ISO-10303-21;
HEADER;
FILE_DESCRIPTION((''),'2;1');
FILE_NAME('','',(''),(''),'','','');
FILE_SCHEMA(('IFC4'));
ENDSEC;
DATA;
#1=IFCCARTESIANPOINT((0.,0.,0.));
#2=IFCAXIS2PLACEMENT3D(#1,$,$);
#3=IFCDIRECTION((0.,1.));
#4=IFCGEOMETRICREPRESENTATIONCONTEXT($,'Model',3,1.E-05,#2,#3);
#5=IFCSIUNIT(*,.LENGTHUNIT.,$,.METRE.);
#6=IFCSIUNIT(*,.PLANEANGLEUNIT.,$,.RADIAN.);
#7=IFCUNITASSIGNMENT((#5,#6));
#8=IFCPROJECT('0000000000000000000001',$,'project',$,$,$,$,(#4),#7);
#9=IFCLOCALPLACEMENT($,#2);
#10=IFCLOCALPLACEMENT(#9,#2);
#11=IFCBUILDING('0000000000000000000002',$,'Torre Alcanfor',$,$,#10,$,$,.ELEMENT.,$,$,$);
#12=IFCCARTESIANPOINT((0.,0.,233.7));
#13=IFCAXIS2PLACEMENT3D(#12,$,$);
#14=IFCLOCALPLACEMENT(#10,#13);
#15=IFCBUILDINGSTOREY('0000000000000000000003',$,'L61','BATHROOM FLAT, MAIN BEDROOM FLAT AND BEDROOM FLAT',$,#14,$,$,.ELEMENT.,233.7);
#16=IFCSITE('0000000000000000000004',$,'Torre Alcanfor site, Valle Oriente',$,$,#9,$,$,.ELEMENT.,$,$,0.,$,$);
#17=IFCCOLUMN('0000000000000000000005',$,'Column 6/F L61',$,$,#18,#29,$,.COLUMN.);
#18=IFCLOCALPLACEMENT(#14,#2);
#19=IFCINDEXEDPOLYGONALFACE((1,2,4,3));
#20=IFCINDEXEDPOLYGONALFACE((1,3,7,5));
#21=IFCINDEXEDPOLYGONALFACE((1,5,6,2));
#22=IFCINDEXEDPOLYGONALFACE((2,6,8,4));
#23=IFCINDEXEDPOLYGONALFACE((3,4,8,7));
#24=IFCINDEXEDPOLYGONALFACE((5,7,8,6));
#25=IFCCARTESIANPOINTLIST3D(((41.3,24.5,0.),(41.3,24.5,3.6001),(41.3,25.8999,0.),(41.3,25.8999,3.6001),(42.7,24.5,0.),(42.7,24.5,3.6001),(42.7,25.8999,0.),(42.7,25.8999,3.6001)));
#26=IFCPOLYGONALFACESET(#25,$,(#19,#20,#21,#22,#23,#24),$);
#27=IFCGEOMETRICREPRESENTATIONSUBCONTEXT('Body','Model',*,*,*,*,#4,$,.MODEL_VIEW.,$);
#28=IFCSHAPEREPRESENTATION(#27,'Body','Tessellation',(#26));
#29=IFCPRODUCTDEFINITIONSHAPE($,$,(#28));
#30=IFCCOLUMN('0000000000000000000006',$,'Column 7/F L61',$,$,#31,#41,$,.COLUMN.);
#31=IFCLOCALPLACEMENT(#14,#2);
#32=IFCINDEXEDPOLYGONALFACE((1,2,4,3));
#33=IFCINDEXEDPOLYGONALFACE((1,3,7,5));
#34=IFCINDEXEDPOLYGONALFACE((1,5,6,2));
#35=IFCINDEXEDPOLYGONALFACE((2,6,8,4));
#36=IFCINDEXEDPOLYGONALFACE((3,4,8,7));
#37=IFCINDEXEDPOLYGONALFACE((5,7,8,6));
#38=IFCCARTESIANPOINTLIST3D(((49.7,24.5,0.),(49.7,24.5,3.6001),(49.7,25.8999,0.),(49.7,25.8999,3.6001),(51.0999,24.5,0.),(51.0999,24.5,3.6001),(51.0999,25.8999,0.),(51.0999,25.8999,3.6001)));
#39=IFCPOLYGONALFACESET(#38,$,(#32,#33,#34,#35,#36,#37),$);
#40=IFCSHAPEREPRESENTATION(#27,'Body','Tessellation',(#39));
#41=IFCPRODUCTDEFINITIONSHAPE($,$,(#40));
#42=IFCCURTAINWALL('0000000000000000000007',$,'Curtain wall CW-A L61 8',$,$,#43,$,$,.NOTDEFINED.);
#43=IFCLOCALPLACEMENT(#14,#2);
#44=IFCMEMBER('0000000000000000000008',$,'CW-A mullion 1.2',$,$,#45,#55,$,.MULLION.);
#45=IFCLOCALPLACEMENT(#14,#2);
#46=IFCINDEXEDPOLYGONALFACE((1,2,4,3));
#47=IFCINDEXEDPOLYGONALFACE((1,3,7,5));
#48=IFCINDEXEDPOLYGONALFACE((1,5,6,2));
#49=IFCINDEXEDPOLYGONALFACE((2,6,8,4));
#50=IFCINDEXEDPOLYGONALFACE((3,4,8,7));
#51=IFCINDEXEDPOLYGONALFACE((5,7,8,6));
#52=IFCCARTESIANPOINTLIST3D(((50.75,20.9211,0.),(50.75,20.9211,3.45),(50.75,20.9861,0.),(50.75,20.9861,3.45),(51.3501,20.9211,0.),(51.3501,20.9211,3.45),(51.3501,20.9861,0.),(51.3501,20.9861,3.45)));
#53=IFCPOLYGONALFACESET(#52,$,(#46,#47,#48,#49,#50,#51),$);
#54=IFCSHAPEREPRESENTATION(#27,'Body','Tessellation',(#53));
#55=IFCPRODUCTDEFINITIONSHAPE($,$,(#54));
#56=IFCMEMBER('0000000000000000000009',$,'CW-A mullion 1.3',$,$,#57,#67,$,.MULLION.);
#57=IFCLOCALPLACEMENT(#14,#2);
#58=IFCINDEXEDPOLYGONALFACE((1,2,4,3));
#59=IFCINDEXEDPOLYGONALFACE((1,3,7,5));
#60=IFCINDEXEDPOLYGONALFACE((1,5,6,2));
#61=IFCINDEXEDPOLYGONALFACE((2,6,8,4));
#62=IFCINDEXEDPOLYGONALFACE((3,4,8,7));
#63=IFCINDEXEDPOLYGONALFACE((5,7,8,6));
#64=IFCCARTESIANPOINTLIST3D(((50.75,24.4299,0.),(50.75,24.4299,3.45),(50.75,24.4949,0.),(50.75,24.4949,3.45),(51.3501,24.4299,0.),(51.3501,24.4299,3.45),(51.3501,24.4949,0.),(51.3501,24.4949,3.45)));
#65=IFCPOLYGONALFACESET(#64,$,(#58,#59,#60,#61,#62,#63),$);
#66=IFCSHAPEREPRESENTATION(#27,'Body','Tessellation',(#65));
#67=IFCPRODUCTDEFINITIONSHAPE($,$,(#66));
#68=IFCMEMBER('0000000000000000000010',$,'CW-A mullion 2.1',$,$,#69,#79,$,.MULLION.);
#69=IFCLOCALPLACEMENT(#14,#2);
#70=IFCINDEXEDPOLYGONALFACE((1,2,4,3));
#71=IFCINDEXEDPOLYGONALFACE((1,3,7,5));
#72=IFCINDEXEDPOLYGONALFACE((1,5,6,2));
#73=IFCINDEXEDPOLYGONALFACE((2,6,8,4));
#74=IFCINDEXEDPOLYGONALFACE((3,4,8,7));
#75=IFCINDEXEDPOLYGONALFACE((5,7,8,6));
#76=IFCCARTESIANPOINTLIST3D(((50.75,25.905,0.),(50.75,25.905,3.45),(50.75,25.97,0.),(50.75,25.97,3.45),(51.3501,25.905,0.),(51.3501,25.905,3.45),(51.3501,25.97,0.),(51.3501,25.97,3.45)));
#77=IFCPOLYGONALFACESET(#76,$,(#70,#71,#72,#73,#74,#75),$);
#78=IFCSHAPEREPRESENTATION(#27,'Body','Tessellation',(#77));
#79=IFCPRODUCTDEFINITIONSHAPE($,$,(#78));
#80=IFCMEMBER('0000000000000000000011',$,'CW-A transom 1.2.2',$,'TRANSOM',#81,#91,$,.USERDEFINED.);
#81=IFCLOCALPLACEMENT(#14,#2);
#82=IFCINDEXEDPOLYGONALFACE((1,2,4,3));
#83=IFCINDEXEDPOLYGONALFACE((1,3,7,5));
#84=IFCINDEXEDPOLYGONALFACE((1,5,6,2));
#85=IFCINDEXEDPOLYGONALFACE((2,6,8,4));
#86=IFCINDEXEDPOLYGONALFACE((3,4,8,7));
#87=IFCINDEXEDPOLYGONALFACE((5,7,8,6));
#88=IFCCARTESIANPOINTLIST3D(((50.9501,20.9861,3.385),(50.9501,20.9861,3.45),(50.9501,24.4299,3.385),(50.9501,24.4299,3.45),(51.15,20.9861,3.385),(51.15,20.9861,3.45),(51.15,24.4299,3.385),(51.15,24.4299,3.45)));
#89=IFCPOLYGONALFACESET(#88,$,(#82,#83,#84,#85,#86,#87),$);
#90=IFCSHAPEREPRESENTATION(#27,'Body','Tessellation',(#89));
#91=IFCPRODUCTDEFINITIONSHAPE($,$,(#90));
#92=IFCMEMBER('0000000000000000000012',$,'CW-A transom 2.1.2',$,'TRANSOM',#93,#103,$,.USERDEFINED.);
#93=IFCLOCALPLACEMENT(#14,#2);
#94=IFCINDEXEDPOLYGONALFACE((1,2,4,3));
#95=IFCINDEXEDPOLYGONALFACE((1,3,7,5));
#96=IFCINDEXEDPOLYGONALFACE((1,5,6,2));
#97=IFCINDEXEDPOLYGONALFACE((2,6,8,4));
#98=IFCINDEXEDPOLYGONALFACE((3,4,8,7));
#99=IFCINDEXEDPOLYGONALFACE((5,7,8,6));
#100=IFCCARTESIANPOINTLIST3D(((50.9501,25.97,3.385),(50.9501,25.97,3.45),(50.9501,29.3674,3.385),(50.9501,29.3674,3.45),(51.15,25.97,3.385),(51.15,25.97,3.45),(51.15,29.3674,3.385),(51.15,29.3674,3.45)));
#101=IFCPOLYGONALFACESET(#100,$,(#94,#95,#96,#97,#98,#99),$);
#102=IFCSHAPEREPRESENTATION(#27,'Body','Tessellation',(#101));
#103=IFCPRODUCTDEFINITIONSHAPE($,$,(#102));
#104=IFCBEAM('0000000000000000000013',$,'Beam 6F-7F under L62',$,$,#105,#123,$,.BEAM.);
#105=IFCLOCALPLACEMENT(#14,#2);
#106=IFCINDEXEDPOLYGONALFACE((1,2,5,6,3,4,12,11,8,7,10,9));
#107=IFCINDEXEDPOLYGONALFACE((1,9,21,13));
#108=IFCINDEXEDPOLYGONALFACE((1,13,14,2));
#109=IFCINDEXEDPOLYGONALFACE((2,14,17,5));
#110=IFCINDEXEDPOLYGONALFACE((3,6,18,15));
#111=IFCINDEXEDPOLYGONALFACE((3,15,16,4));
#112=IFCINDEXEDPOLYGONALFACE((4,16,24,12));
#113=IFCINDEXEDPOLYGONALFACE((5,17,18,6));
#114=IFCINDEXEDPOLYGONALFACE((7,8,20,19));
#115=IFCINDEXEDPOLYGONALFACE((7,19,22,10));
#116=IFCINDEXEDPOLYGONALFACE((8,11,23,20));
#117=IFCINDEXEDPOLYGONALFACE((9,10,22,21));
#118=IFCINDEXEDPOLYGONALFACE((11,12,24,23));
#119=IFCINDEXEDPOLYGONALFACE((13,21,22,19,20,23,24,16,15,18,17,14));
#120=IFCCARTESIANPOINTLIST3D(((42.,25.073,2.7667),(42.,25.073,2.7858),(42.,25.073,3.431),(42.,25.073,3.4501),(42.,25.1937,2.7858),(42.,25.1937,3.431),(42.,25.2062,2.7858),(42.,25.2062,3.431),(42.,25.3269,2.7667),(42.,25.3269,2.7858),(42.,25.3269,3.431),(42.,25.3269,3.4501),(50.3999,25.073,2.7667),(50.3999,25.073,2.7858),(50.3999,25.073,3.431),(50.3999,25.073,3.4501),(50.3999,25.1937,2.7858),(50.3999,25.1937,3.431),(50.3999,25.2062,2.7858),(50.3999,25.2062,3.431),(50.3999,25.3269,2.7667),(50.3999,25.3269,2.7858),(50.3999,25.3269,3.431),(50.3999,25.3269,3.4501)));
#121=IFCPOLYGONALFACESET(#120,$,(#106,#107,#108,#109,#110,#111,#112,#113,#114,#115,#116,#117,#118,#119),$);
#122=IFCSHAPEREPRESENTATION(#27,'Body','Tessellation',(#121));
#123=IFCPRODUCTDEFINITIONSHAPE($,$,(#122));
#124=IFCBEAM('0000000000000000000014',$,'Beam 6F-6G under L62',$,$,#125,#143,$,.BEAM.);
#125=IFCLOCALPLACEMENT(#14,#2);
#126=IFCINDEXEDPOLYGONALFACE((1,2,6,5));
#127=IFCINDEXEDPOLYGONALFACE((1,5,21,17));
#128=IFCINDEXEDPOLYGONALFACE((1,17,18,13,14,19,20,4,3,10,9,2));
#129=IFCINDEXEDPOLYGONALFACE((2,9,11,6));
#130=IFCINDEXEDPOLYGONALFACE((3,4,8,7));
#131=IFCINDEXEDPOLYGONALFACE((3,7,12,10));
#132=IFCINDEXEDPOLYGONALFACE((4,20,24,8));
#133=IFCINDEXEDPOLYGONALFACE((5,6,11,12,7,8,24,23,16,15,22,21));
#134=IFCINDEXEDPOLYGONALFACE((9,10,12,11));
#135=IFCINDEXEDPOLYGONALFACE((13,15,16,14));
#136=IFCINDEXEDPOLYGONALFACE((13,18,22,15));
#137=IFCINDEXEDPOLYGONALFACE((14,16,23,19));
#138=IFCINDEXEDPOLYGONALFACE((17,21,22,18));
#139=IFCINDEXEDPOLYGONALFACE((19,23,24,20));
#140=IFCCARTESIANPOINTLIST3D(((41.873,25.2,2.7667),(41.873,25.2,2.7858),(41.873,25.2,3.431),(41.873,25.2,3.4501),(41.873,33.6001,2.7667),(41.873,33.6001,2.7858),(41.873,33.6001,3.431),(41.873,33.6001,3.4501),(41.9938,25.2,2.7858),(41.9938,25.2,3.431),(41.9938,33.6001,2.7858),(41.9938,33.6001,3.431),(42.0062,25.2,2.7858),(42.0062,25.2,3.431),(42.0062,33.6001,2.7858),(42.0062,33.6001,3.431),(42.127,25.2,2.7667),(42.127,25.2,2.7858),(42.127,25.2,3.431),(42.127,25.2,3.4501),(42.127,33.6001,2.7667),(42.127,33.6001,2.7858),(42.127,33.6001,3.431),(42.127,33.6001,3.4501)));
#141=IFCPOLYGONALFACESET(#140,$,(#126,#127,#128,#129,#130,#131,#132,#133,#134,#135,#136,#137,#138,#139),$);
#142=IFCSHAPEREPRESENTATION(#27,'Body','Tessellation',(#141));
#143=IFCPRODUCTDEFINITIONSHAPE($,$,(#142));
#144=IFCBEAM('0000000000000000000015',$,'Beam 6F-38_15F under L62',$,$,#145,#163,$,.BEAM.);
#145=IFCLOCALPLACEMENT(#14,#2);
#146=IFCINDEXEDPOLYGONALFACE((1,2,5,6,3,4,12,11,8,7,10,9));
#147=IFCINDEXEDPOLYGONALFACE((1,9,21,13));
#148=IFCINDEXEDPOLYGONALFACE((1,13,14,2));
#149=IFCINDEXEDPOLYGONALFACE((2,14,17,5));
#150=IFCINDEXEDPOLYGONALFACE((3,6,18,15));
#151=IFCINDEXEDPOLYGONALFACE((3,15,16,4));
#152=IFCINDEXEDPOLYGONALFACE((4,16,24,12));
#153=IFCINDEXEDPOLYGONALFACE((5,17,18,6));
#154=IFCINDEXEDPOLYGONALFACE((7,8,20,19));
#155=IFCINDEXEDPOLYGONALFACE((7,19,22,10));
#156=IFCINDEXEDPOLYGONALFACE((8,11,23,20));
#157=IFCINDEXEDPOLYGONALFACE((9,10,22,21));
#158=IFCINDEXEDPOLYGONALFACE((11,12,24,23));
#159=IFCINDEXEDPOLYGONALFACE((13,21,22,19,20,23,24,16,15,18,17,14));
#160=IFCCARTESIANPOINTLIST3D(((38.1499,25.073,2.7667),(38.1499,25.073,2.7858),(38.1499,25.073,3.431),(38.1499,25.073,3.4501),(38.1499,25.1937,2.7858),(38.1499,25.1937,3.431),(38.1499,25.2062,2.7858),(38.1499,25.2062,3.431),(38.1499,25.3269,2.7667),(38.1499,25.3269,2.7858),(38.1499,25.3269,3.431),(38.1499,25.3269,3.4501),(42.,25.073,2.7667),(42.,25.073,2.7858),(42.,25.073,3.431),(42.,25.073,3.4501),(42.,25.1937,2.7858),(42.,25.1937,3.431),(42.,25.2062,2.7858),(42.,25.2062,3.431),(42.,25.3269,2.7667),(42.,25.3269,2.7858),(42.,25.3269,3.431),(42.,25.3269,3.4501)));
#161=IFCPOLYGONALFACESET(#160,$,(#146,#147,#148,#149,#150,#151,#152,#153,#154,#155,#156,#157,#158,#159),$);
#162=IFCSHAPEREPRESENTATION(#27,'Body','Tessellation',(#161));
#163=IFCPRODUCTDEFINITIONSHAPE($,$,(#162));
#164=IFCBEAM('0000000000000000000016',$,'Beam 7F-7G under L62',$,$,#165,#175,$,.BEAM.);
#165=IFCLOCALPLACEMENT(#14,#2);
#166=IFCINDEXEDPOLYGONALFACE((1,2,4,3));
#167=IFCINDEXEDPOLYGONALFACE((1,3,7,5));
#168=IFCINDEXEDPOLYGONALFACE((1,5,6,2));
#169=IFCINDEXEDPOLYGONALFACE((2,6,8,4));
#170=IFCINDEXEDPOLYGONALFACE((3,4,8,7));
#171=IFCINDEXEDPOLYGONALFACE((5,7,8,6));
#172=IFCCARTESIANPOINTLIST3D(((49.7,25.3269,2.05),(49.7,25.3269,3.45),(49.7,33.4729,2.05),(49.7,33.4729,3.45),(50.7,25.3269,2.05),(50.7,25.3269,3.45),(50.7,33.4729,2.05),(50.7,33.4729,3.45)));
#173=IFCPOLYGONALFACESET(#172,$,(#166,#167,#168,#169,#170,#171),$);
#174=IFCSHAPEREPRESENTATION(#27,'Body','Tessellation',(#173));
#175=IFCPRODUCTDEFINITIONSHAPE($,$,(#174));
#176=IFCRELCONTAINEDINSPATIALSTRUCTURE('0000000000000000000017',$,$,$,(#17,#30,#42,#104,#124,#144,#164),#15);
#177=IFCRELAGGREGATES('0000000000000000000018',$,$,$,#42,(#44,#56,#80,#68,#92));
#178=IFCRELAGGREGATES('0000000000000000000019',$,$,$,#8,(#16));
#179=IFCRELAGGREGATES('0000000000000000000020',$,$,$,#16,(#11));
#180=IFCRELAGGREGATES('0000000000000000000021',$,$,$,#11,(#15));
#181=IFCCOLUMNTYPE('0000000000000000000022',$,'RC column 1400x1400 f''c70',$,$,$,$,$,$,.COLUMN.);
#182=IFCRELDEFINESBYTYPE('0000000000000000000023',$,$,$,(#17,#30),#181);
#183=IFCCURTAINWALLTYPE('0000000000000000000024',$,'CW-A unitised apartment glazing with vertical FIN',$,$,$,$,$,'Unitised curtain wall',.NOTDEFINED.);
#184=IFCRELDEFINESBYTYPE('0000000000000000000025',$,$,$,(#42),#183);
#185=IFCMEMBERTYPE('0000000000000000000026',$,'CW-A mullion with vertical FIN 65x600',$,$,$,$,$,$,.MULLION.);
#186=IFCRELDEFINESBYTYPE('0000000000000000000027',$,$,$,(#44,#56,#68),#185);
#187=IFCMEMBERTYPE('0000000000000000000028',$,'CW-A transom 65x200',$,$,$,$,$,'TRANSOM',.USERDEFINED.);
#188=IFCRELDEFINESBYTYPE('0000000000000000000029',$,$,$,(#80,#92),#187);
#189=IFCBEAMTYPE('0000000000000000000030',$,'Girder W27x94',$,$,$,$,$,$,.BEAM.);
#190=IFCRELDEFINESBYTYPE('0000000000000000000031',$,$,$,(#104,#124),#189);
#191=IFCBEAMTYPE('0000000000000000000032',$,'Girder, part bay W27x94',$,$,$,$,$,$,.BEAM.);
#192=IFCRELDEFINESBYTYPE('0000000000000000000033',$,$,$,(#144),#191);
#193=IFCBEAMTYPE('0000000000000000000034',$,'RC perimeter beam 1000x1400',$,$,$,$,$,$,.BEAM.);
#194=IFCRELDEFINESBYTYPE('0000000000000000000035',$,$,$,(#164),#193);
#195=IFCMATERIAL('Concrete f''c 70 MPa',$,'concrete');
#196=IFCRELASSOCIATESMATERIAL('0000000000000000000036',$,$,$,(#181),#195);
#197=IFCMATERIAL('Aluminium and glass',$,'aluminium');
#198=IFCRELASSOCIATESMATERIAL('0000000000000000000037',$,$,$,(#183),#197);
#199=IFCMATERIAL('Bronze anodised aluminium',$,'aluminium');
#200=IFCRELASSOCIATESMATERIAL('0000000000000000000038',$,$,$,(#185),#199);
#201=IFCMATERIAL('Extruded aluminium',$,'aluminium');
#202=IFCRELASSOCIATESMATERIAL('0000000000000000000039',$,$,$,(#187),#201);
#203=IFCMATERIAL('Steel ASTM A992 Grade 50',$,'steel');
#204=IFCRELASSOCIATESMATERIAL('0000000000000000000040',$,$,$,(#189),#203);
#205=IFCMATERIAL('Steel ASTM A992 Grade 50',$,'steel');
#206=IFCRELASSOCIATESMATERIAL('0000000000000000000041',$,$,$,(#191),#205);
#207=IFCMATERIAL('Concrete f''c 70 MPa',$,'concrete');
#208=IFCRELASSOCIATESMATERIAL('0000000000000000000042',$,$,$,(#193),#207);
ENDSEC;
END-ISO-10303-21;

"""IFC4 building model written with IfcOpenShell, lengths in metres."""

from ifc_helpers import new_model, si_unit, direction, frame, origin, origin_2d, place, context, subcontext, project, spatial, rectangle, i_section, extrude, material, material_profile, profile_set, type_object, element, aggregate, save


model = new_model("IFC4")

# Units and contexts
model_context = context("Model", 3, precision=1e-05, world=origin(), true_north=direction((0.0, 1.0)))
body_context = subcontext(model_context, "Body", "Model", "MODEL_VIEW")
ifc_project = project(units=[si_unit("LENGTHUNIT", "METRE"), si_unit("PLANEANGLEUNIT", "RADIAN")], contexts=[model_context])

# Site, building, storey
site_placement = place(None, origin())
site = spatial("IfcSite", under=ifc_project, at=site_placement, Name="Torre Alcanfor site, Valle Oriente", CompositionType="ELEMENT", RefElevation=0.0)
building_placement = place(site_placement, origin())
building = spatial("IfcBuilding", under=site, at=building_placement, Name="Torre Alcanfor", CompositionType="ELEMENT")
storey_placement = place(building_placement, frame((0.0, 0.0, 233.7)))
storey = spatial("IfcBuildingStorey", under=building, at=storey_placement, Name="L61", Description="BATHROOM FLAT, MAIN BEDROOM FLAT AND BEDROOM FLAT", CompositionType="ELEMENT", Elevation=233.7)

# Columns
ifc_material_1 = material(Name="Concrete f'c 70 MPa", Category="concrete")
ifc_material_profile_1 = material_profile(ifc_material_1, rectangle(XDim=1.3999, YDim=1.3999, at=origin_2d()), Name="1400x1400")
ifc_profile_set_1 = profile_set([ifc_material_profile_1], Name="Concrete f'c 70 MPa")
column_type = type_object("IfcColumnType", Name="RC column 1400x1400 f'c70", PredefinedType="COLUMN", material=ifc_profile_set_1)
for number, where, z_axis, x_axis, name in (
    (1, (42.0, 25.2, 0.0), (0.0, 0.0, 1.0), (1.0, 0.0, 0.0), "Column 6/F L61"),
    (2, (50.3999, 25.2, 0.0), (0.0, 0.0, 1.0), (1.0, 0.0, 0.0), "Column 7/F L61"),
):
    element("IfcColumn", number, at=place(storey_placement, frame(where, z_axis=z_axis, x_axis=x_axis)), inside=storey, type_object=column_type, Name=name, PredefinedType="COLUMN", context=body_context, shape_type="SweptSolid", body=[
        extrude(rectangle(XDim=1.3999, YDim=1.3999, at=origin_2d()), origin(), (0.0, 0.0, 1.0), 3.6001),
    ])

# Curtain wall, members
ifc_material_2 = material(Name="Aluminium and glass", Category="aluminium")
curtain_wall_type = type_object("IfcCurtainWallType", Name="CW-A unitised apartment glazing with vertical FIN", ElementType="Unitised curtain wall", PredefinedType="NOTDEFINED", material=ifc_material_2)
curtain_wall_placement = place(storey_placement, origin())
curtain_wall = element("IfcCurtainWall", 3, at=curtain_wall_placement, inside=storey, type_object=curtain_wall_type, Name="Curtain wall CW-A L61 8", PredefinedType="NOTDEFINED")
ifc_material_3 = material(Name="Bronze anodised aluminium", Category="aluminium")
ifc_material_profile_2 = material_profile(ifc_material_3, rectangle(XDim=0.6001, YDim=0.0649, at=origin_2d()), Name="CW-A mullion 65x600")
ifc_profile_set_2 = profile_set([ifc_material_profile_2], Name="Bronze anodised aluminium")
member_type_1 = type_object("IfcMemberType", Name="CW-A mullion with vertical FIN 65x600", PredefinedType="MULLION", material=ifc_profile_set_2)
member_1_placement = place(storey_placement, frame((51.05, 20.9536, 0.0), z_axis=(0.0, 0.0, 1.0), x_axis=(-1.0, 0.0, 0.0)))
member_1 = element("IfcMember", 4, at=member_1_placement, type_object=member_type_1, Name="CW-A mullion 1.2", PredefinedType="MULLION", context=body_context, shape_type="SweptSolid", body=[
    extrude(rectangle(XDim=0.6001, YDim=0.0649, at=origin_2d()), origin(), (0.0, 0.0, 1.0), 3.45),
])
member_2_placement = place(storey_placement, frame((51.05, 24.4624, 0.0), z_axis=(0.0, 0.0, 1.0), x_axis=(-1.0, 0.0, 0.0)))
member_2 = element("IfcMember", 5, at=member_2_placement, type_object=member_type_1, Name="CW-A mullion 1.3", PredefinedType="MULLION", context=body_context, shape_type="SweptSolid", body=[
    extrude(rectangle(XDim=0.6001, YDim=0.0649, at=origin_2d()), origin(), (0.0, 0.0, 1.0), 3.45),
])
member_3_placement = place(storey_placement, frame((51.05, 25.9375, 0.0), z_axis=(0.0, 0.0, 1.0), x_axis=(-1.0, 0.0, 0.0)))
member_3 = element("IfcMember", 6, at=member_3_placement, type_object=member_type_1, Name="CW-A mullion 2.1", PredefinedType="MULLION", context=body_context, shape_type="SweptSolid", body=[
    extrude(rectangle(XDim=0.6001, YDim=0.0649, at=origin_2d()), origin(), (0.0, 0.0, 1.0), 3.45),
])
ifc_material_4 = material(Name="Extruded aluminium", Category="aluminium")
ifc_material_profile_3 = material_profile(ifc_material_4, rectangle(XDim=0.2, YDim=0.0649, at=origin_2d()), Name="CW-A transom 200x65")
ifc_profile_set_3 = profile_set([ifc_material_profile_3], Name="Extruded aluminium")
member_type_2 = type_object("IfcMemberType", Name="CW-A transom 65x200", ElementType="TRANSOM", PredefinedType="USERDEFINED", material=ifc_profile_set_3)
member_4_placement = place(storey_placement, frame((51.05, 20.9861, 3.4175), z_axis=(0.0, 1.0, 0.0), x_axis=(-1.0, 0.0, 0.0)))
member_4 = element("IfcMember", 7, at=member_4_placement, type_object=member_type_2, Name="CW-A transom 1.2.2", ObjectType="TRANSOM", PredefinedType="USERDEFINED", context=body_context, shape_type="SweptSolid", body=[
    extrude(rectangle(XDim=0.2, YDim=0.0649, at=origin_2d()), origin(), (0.0, 0.0, 1.0), 3.4438),
])
member_5_placement = place(storey_placement, frame((51.05, 25.97, 3.4175), z_axis=(0.0, 1.0, 0.0), x_axis=(-1.0, 0.0, 0.0)))
member_5 = element("IfcMember", 8, at=member_5_placement, type_object=member_type_2, Name="CW-A transom 2.1.2", ObjectType="TRANSOM", PredefinedType="USERDEFINED", context=body_context, shape_type="SweptSolid", body=[
    extrude(rectangle(XDim=0.2, YDim=0.0649, at=origin_2d()), origin(), (0.0, 0.0, 1.0), 3.3975),
])

# Beams
ifc_material_5 = material(Name="Steel ASTM A992 Grade 50", Category="steel")
ifc_material_profile_4 = material_profile(ifc_material_5, i_section(OverallWidth=0.2539, OverallDepth=0.6833, WebThickness=0.0125, FlangeThickness=0.019, at=origin_2d()), Name="W27x94")
ifc_profile_set_4 = profile_set([ifc_material_profile_4], Name="Steel ASTM A992 Grade 50")
beam_type_1 = type_object("IfcBeamType", Name="Girder W27x94", PredefinedType="BEAM", material=ifc_profile_set_4)
beam_1_placement = place(storey_placement, frame((42.0, 25.2, 3.1084), z_axis=(1.0, 0.0, 0.0), x_axis=(0.0, 1.0, 0.0)))
element("IfcBeam", 9, at=beam_1_placement, inside=storey, type_object=beam_type_1, Name="Beam 6F-7F under L62", PredefinedType="BEAM", context=body_context, shape_type="SweptSolid", body=[
    extrude(i_section(OverallWidth=0.2539, OverallDepth=0.6833, WebThickness=0.0125, FlangeThickness=0.019, at=origin_2d()), origin(), (0.0, 0.0, 1.0), 8.3999),
])
beam_2_placement = place(storey_placement, frame((42.0, 25.2, 3.1084), z_axis=(0.0, 1.0, 0.0), x_axis=(-1.0, 0.0, 0.0)))
element("IfcBeam", 10, at=beam_2_placement, inside=storey, type_object=beam_type_1, Name="Beam 6F-6G under L62", PredefinedType="BEAM", context=body_context, shape_type="SweptSolid", body=[
    extrude(i_section(OverallWidth=0.2539, OverallDepth=0.6833, WebThickness=0.0125, FlangeThickness=0.019, at=origin_2d()), origin(), (0.0, 0.0, 1.0), 8.4001),
])
ifc_material_6 = material(Name="Steel ASTM A992 Grade 50", Category="steel")
ifc_material_profile_5 = material_profile(ifc_material_6, i_section(OverallWidth=0.2539, OverallDepth=0.6833, WebThickness=0.0125, FlangeThickness=0.019, at=origin_2d()), Name="W27x94")
ifc_profile_set_5 = profile_set([ifc_material_profile_5], Name="Steel ASTM A992 Grade 50")
beam_type_2 = type_object("IfcBeamType", Name="Girder, part bay W27x94", PredefinedType="BEAM", material=ifc_profile_set_5)
beam_3_placement = place(storey_placement, frame((42.0, 25.2, 3.1084), z_axis=(-1.0, 0.0, 0.0), x_axis=(0.0, -1.0, 0.0)))
element("IfcBeam", 11, at=beam_3_placement, inside=storey, type_object=beam_type_2, Name="Beam 6F-38_15F under L62", PredefinedType="BEAM", context=body_context, shape_type="SweptSolid", body=[
    extrude(i_section(OverallWidth=0.2539, OverallDepth=0.6833, WebThickness=0.0125, FlangeThickness=0.019, at=origin_2d()), origin(), (0.0, 0.0, 1.0), 3.8501),
])
ifc_material_7 = material(Name="Concrete f'c 70 MPa", Category="concrete")
ifc_material_profile_6 = material_profile(ifc_material_7, rectangle(XDim=1.0, YDim=1.3999, at=origin_2d()), Name="1000x1400")
ifc_profile_set_6 = profile_set([ifc_material_profile_6], Name="Concrete f'c 70 MPa")
beam_type_3 = type_object("IfcBeamType", Name="RC perimeter beam 1000x1400", PredefinedType="BEAM", material=ifc_profile_set_6)
beam_4_placement = place(storey_placement, frame((50.2, 25.3269, 2.75), z_axis=(0.0, 1.0, 0.0), x_axis=(-1.0, 0.0, 0.0)))
element("IfcBeam", 12, at=beam_4_placement, inside=storey, type_object=beam_type_3, Name="Beam 7F-7G under L62", PredefinedType="BEAM", context=body_context, shape_type="SweptSolid", body=[
    extrude(rectangle(XDim=1.0, YDim=1.3999, at=origin_2d()), origin(), (0.0, 0.0, 1.0), 8.146),
])

aggregate(curtain_wall, [member_1, member_2, member_4, member_3, member_5])

save(model, "model.ifc")
